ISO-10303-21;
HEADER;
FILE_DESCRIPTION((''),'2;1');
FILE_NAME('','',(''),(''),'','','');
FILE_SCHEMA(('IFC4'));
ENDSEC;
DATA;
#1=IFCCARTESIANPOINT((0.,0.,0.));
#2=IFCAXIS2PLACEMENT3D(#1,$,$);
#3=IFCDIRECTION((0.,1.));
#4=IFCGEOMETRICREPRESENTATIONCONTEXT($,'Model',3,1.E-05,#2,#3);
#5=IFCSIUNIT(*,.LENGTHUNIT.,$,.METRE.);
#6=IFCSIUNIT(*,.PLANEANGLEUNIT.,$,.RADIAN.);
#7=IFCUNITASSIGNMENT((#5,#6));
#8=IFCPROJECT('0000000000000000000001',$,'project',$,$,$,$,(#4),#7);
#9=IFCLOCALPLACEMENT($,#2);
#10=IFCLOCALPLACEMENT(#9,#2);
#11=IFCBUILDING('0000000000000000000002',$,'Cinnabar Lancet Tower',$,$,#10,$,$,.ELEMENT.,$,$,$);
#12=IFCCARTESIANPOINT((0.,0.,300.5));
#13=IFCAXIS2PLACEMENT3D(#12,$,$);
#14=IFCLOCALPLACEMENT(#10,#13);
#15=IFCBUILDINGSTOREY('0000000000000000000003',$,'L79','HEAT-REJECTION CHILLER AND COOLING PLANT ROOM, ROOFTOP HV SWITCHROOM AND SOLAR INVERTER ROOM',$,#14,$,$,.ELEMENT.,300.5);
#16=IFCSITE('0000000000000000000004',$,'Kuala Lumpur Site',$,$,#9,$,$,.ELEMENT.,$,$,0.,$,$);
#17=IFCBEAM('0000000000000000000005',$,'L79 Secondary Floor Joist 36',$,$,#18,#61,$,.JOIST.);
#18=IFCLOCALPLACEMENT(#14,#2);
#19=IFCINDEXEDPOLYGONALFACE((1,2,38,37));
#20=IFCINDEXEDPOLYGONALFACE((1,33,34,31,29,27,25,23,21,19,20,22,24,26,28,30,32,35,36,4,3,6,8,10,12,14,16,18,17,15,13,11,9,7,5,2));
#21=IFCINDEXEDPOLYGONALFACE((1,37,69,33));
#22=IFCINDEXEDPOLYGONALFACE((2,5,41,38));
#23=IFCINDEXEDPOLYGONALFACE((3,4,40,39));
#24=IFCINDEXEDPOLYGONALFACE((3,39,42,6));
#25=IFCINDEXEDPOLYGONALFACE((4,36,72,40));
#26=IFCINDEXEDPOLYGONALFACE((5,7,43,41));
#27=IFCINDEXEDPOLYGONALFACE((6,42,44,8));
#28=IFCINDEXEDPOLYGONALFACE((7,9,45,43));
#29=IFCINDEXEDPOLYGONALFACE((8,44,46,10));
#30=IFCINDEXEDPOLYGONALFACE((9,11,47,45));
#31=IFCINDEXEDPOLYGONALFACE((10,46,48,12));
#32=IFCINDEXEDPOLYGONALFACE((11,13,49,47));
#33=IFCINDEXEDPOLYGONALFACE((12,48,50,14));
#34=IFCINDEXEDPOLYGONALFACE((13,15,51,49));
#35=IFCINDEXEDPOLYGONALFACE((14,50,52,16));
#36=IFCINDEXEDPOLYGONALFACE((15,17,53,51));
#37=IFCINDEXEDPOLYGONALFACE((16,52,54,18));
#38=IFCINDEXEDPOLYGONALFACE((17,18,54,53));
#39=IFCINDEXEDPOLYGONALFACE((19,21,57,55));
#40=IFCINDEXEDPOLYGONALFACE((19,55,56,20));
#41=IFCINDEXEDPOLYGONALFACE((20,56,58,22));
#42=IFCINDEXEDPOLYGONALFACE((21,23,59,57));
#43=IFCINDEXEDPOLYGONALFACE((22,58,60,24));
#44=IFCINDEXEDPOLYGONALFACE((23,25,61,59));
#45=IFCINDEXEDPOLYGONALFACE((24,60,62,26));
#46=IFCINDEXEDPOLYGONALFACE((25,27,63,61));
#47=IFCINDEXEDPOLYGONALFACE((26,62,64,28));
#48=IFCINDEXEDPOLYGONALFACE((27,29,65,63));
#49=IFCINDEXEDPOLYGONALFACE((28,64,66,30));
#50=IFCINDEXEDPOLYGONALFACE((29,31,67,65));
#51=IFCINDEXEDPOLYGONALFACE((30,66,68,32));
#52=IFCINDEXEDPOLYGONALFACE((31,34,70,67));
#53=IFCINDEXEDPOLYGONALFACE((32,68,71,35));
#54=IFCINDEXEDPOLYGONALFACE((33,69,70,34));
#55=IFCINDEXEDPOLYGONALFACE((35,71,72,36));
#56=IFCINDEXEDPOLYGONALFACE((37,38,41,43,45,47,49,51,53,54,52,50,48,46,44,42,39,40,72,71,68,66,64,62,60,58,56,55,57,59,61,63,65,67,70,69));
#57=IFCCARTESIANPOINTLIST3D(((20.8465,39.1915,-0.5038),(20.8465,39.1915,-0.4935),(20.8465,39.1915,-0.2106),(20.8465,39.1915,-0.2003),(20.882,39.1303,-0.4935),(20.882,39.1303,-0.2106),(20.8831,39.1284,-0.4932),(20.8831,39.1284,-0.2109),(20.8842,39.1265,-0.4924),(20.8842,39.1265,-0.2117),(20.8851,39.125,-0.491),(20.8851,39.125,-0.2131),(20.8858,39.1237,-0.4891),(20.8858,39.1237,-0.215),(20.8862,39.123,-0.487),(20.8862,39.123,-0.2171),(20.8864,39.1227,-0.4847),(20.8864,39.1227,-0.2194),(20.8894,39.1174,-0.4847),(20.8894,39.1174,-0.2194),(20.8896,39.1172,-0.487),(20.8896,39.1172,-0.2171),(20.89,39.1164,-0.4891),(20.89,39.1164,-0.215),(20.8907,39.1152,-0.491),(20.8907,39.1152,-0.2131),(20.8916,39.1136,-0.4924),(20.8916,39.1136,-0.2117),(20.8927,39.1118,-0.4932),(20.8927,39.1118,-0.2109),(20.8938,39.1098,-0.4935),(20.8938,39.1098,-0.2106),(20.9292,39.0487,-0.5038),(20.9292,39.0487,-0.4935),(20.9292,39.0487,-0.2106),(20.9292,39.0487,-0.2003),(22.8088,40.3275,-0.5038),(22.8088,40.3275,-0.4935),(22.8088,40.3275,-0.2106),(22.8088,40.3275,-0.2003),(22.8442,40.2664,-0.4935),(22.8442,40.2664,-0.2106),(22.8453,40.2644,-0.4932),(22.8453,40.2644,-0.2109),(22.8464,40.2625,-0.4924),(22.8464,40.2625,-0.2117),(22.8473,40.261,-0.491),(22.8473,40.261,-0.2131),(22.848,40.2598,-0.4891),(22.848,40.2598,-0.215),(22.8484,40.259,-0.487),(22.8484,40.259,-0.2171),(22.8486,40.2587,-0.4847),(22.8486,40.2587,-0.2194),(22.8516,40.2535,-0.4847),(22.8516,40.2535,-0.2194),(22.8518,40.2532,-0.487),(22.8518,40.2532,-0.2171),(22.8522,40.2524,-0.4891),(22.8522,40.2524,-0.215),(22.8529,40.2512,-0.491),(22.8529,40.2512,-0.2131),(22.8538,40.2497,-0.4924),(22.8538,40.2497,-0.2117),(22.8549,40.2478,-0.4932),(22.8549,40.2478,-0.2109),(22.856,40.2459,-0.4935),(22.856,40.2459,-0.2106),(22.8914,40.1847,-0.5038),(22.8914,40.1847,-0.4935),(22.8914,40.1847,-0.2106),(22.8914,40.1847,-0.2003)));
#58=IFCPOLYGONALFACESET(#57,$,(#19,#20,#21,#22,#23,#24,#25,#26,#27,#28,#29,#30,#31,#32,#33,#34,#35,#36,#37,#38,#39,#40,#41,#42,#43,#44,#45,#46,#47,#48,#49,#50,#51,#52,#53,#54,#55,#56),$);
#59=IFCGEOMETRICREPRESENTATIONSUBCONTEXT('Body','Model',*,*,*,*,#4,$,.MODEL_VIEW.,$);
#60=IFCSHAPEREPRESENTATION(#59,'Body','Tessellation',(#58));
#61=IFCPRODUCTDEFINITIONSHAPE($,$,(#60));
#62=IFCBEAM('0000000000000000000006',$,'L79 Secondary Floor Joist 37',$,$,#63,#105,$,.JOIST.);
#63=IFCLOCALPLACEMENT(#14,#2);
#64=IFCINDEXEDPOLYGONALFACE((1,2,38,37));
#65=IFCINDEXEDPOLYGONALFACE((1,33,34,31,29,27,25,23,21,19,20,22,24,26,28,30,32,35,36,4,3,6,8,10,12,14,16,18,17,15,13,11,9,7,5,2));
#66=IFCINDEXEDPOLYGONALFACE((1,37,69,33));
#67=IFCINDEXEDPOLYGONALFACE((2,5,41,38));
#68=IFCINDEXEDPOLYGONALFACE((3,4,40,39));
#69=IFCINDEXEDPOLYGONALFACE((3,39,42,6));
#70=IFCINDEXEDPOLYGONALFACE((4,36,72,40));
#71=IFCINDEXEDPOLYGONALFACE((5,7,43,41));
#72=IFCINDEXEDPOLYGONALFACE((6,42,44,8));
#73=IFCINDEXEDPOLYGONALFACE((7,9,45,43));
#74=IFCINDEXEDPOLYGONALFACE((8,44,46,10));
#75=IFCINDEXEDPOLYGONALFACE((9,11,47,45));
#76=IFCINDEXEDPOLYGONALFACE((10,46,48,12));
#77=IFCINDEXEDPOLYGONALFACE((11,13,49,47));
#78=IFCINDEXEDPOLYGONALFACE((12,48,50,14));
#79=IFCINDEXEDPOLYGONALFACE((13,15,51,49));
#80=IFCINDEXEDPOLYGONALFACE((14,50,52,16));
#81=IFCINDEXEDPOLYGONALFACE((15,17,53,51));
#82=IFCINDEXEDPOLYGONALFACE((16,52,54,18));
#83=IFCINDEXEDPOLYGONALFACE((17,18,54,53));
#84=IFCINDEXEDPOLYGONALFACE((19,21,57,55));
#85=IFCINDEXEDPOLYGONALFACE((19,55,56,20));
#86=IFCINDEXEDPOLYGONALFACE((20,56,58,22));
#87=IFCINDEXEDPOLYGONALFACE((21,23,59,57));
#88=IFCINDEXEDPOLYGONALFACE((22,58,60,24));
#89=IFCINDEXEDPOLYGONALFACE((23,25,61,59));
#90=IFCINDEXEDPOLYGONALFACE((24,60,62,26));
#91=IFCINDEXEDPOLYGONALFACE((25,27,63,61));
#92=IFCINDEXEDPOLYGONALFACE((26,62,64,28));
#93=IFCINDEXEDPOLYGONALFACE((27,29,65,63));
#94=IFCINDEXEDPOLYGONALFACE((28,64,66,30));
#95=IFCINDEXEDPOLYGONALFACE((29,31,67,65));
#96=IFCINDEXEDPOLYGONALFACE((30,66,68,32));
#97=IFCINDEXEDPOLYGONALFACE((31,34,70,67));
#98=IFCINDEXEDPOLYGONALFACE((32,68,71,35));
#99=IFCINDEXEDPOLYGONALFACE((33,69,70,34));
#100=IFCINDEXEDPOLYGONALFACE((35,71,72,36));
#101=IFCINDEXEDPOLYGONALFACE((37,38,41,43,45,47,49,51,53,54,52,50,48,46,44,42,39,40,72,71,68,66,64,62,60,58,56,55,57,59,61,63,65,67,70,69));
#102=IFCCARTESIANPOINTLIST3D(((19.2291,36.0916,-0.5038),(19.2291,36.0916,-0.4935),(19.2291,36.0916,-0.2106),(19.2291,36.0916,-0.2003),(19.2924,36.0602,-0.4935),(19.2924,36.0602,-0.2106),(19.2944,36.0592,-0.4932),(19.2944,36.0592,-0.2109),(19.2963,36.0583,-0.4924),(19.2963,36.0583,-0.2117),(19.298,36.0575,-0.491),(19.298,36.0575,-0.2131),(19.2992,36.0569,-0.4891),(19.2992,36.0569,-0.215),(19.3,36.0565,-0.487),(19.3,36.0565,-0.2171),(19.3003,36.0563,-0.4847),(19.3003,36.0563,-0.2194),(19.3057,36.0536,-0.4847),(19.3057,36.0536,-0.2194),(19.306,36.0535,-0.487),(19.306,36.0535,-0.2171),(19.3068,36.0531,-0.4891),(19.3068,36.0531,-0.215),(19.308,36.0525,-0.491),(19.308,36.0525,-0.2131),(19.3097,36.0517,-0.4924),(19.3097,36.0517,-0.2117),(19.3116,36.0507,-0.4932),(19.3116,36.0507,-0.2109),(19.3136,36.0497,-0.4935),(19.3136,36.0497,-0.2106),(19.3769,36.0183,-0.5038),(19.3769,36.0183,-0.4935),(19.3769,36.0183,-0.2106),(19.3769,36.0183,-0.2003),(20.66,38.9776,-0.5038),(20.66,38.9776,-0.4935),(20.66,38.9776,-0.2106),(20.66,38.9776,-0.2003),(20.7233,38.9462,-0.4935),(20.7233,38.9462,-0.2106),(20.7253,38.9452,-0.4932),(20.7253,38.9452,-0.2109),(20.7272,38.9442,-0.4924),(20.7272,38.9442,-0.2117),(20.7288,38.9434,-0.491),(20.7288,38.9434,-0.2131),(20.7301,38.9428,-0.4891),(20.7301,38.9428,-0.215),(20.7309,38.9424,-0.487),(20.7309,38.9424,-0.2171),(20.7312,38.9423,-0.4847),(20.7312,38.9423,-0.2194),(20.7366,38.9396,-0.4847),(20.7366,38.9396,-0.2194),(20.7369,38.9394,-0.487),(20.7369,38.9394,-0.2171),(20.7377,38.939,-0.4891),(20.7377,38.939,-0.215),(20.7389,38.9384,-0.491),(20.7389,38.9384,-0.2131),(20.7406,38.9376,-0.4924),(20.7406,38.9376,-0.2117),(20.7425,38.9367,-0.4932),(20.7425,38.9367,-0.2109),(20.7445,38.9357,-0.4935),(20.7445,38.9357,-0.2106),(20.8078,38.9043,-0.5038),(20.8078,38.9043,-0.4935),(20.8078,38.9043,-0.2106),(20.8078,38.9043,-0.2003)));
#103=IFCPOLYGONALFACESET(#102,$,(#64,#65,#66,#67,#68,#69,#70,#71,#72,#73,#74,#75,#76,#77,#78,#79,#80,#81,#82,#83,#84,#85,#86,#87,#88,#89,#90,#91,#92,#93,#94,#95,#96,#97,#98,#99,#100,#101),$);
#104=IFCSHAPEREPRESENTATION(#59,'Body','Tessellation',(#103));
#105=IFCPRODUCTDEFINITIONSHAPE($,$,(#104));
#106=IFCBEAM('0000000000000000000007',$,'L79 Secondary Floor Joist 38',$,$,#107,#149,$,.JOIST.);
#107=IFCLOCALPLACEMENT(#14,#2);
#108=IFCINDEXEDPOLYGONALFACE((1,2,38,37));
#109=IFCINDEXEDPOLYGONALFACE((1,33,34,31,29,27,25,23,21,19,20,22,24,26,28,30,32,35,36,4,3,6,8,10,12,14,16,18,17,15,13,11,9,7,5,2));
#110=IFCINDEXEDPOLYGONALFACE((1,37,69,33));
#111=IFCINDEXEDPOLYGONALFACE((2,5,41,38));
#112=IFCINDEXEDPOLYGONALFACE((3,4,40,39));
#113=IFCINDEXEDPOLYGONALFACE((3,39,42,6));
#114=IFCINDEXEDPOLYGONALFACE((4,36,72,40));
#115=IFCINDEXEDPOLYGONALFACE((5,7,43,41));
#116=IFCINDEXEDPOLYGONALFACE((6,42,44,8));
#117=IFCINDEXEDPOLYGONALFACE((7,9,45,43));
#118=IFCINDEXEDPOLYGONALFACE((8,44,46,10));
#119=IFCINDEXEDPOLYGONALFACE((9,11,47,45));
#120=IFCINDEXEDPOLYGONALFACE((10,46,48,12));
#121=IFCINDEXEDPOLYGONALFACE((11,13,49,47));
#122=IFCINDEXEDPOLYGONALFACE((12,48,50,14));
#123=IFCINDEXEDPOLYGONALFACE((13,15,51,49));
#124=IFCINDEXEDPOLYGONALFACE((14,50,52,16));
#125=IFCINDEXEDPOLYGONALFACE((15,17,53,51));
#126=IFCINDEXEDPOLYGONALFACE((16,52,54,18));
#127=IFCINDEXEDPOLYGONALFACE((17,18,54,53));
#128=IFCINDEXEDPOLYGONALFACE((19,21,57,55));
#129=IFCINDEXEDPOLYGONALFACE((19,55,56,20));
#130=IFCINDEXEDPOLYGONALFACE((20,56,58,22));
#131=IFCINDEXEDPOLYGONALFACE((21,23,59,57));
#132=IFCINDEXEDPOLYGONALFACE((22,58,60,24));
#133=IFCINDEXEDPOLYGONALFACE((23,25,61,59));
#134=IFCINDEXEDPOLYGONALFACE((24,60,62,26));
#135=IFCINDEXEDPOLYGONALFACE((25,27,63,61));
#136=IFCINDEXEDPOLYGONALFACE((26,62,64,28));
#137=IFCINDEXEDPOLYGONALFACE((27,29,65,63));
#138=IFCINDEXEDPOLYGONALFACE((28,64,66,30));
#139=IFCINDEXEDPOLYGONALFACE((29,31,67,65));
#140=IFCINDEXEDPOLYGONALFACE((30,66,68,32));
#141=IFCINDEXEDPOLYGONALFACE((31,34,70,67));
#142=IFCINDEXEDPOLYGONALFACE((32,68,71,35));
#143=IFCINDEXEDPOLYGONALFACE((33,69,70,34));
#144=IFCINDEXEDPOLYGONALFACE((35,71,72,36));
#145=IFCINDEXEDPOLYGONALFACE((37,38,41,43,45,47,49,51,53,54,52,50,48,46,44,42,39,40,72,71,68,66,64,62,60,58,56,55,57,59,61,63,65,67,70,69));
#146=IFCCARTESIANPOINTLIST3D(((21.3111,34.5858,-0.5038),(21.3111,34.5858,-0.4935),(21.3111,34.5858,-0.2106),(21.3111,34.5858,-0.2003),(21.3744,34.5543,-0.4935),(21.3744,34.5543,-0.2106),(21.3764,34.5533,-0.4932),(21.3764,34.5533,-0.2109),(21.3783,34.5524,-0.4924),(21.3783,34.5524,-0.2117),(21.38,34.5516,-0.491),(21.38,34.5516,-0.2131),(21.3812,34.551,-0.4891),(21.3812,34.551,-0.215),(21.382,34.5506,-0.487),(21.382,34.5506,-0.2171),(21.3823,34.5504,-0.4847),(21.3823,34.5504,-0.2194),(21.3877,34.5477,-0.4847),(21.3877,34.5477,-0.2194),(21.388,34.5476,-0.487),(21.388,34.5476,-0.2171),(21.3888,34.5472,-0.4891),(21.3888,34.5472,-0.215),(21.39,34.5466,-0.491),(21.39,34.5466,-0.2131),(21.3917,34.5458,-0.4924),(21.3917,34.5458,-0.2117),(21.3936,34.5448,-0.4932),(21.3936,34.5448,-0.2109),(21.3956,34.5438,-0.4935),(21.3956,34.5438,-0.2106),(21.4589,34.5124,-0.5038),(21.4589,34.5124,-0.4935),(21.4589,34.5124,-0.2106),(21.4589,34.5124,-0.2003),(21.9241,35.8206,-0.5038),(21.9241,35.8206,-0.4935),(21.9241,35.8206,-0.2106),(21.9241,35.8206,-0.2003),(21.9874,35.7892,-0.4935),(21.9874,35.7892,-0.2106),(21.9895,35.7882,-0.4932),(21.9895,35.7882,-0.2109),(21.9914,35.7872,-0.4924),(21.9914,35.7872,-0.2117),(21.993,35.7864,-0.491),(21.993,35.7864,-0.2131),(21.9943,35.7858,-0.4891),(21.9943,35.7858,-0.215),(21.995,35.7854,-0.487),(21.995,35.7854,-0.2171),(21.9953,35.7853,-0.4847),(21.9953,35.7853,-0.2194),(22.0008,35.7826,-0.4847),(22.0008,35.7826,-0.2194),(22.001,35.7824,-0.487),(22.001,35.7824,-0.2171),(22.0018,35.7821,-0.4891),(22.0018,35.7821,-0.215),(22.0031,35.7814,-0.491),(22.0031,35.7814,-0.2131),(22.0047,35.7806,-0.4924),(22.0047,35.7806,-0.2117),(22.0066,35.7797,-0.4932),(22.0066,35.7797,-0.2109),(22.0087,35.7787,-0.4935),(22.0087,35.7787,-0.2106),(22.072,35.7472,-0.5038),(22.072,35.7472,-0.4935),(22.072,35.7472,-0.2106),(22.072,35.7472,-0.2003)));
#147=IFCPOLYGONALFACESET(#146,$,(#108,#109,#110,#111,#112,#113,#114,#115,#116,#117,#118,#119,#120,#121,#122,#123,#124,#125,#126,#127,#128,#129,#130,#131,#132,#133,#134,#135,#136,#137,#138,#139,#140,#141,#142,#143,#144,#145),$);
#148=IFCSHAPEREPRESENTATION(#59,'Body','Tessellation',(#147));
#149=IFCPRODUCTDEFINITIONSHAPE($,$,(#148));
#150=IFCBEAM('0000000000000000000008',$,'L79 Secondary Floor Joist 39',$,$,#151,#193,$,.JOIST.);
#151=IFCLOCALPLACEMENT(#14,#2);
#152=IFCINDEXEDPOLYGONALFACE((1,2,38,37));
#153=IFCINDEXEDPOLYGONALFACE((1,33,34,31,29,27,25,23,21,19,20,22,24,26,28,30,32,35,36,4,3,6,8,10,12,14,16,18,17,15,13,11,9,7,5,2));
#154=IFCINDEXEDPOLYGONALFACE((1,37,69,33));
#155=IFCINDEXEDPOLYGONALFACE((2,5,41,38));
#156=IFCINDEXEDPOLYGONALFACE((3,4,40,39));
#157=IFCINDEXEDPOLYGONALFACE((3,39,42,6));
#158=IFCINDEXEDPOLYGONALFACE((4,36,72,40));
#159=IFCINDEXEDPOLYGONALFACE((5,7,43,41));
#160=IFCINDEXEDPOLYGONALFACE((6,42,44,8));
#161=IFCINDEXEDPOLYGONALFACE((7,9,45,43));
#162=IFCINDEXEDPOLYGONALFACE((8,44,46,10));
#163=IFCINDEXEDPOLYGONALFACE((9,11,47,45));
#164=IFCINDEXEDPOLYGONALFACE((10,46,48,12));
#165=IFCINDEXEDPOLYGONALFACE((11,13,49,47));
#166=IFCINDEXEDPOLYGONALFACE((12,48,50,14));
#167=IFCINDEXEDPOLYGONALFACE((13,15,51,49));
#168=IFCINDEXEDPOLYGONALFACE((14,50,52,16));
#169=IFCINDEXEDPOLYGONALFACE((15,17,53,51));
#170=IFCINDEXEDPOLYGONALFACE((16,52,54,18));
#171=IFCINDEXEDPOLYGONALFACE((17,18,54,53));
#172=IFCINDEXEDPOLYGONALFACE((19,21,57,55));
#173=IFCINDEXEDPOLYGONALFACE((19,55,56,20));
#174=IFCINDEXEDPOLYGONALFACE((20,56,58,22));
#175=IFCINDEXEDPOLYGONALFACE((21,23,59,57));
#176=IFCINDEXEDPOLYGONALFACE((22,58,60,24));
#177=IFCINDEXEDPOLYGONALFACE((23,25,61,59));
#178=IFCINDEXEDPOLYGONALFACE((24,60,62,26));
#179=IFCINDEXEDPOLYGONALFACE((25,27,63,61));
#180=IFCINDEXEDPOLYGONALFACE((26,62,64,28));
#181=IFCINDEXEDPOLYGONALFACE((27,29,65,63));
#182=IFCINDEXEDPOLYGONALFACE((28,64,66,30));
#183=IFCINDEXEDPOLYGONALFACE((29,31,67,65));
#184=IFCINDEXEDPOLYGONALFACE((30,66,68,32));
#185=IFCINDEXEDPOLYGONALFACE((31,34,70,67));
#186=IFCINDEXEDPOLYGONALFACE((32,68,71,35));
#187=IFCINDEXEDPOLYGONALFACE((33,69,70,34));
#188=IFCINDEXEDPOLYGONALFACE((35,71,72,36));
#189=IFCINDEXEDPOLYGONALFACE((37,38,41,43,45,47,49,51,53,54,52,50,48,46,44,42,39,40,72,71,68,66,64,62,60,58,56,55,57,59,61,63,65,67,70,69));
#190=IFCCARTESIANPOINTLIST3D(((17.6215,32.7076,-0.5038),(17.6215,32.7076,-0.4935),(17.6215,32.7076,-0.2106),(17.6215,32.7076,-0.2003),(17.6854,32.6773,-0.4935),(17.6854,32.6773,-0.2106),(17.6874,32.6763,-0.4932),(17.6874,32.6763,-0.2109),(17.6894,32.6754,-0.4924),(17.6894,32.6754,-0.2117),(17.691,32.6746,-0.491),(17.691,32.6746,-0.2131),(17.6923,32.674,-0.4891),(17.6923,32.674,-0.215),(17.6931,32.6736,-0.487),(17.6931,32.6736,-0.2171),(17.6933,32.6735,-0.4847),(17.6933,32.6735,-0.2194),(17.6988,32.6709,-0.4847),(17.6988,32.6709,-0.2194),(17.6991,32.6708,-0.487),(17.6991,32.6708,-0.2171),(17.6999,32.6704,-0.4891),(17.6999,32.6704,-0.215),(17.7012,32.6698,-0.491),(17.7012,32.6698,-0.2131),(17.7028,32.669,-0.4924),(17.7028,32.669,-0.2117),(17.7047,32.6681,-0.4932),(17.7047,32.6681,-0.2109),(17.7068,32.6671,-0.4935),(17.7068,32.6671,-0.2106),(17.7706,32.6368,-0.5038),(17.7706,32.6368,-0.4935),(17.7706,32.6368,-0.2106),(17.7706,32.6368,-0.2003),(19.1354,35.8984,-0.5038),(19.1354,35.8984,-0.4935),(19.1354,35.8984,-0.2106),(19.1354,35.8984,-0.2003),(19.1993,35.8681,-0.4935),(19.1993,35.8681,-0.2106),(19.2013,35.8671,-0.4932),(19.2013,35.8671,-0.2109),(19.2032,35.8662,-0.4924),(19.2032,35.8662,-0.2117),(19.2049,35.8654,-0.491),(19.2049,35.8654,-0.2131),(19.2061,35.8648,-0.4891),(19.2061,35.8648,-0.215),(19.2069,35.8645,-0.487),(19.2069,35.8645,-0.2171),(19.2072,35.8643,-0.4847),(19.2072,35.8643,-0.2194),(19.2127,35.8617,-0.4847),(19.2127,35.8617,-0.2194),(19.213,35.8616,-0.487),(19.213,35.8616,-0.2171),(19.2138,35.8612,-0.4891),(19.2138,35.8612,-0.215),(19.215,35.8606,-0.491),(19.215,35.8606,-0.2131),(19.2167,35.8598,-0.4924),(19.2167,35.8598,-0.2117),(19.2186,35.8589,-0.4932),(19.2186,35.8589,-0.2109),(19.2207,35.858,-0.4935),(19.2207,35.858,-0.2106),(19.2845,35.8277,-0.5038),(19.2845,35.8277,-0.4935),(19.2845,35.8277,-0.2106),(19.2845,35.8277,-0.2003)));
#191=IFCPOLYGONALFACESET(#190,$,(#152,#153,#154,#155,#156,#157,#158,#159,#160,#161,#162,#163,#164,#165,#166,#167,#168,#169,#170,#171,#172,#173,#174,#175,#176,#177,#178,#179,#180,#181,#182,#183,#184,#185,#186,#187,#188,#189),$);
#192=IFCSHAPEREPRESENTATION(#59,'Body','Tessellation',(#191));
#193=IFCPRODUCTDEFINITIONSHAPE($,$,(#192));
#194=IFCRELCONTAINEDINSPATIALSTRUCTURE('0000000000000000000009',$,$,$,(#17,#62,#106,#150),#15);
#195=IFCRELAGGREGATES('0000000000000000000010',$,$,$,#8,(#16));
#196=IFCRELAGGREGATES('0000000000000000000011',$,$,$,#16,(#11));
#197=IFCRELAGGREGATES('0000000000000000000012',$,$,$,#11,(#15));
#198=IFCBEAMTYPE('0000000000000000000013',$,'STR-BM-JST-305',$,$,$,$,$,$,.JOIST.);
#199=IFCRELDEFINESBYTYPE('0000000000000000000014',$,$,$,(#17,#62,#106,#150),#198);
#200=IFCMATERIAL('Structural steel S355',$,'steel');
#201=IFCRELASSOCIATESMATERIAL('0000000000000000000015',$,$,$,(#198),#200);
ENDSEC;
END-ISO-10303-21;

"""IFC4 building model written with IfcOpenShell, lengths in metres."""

from ifc_helpers import new_model, si_unit, direction, frame, origin, origin_2d, place, context, subcontext, project, spatial, i_section, extrude, material, material_profile, profile_set, type_object, element, save


model = new_model("IFC4")

# Units and contexts
model_context = context("Model", 3, precision=1e-05, world=origin(), true_north=direction((0.0, 1.0)))
body_context = subcontext(model_context, "Body", "Model", "MODEL_VIEW")
ifc_project = project(units=[si_unit("LENGTHUNIT", "METRE"), si_unit("PLANEANGLEUNIT", "RADIAN")], contexts=[model_context])

# Site, building, storey
site_placement = place(None, origin())
site = spatial("IfcSite", under=ifc_project, at=site_placement, Name="Kuala Lumpur Site", CompositionType="ELEMENT", RefElevation=0.0)
building_placement = place(site_placement, origin())
building = spatial("IfcBuilding", under=site, at=building_placement, Name="Cinnabar Lancet Tower", CompositionType="ELEMENT")
storey_placement = place(building_placement, frame((0.0, 0.0, 300.5)))
storey = spatial("IfcBuildingStorey", under=building, at=storey_placement, Name="L79", Description="HEAT-REJECTION CHILLER AND COOLING PLANT ROOM, ROOFTOP HV SWITCHROOM AND SOLAR INVERTER ROOM", CompositionType="ELEMENT", Elevation=300.5)

# Beams
ifc_material_1 = material(Name="Structural steel S355", Category="steel")
ifc_material_profile_1 = material_profile(ifc_material_1, i_section(OverallWidth=0.165, OverallDepth=0.3035, WebThickness=0.0061, FlangeThickness=0.0103, FilletRadius=0.0088, at=origin_2d()), Name="UKB 305x165x40")
ifc_profile_set_1 = profile_set([ifc_material_profile_1], Name="Structural steel S355")
beam_type_1 = type_object("IfcBeamType", Name="STR-BM-JST-305", PredefinedType="JOIST", material=ifc_profile_set_1)
beam_1_placement = place(storey_placement, frame((22.8501, 40.2561, -0.3521), z_axis=(-0.865426, -0.501036, 0.0), x_axis=(0.501036, -0.865426, 0.0)))
element("IfcBeam", 1, at=beam_1_placement, inside=storey, type_object=beam_type_1, Name="L79 Secondary Floor Joist 36", PredefinedType="JOIST", context=body_context, shape_type="SweptSolid", body=[
    extrude(i_section(OverallWidth=0.165, OverallDepth=0.3035, WebThickness=0.0061, FlangeThickness=0.0103, FilletRadius=0.0088, at=origin_2d()), origin(), (0.0, 0.0, 1.0), 2.2673),
])
beam_2_placement = place(storey_placement, frame((20.7339, 38.9409, -0.3521), z_axis=(-0.44421, -0.895923, 0.0), x_axis=(0.895923, -0.44421, 0.0)))
element("IfcBeam", 2, at=beam_2_placement, inside=storey, type_object=beam_type_1, Name="L79 Secondary Floor Joist 37", PredefinedType="JOIST", context=body_context, shape_type="SweptSolid", body=[
    extrude(i_section(OverallWidth=0.165, OverallDepth=0.3035, WebThickness=0.0061, FlangeThickness=0.0103, FilletRadius=0.0088, at=origin_2d()), origin(), (0.0, 0.0, 1.0), 3.2212),
])
beam_3_placement = place(storey_placement, frame((21.998, 35.7839, -0.3521), z_axis=(-0.444662, -0.895699, 0.0), x_axis=(0.895699, -0.444662, 0.0)))
element("IfcBeam", 3, at=beam_3_placement, inside=storey, type_object=beam_type_1, Name="L79 Secondary Floor Joist 38", PredefinedType="JOIST", context=body_context, shape_type="SweptSolid", body=[
    extrude(i_section(OverallWidth=0.165, OverallDepth=0.3035, WebThickness=0.0061, FlangeThickness=0.0103, FilletRadius=0.0088, at=origin_2d()), origin(), (0.0, 0.0, 1.0), 1.3787),
])
beam_4_placement = place(storey_placement, frame((19.21, 35.863, -0.3521), z_axis=(-0.428648, -0.903472, 0.0), x_axis=(0.903472, -0.428648, 0.0)))
element("IfcBeam", 4, at=beam_4_placement, inside=storey, type_object=beam_type_1, Name="L79 Secondary Floor Joist 39", PredefinedType="JOIST", context=body_context, shape_type="SweptSolid", body=[
    extrude(i_section(OverallWidth=0.165, OverallDepth=0.3035, WebThickness=0.0061, FlangeThickness=0.0103, FilletRadius=0.0088, at=origin_2d()), origin(), (0.0, 0.0, 1.0), 3.5317),
])

save(model, "model.ifc")
